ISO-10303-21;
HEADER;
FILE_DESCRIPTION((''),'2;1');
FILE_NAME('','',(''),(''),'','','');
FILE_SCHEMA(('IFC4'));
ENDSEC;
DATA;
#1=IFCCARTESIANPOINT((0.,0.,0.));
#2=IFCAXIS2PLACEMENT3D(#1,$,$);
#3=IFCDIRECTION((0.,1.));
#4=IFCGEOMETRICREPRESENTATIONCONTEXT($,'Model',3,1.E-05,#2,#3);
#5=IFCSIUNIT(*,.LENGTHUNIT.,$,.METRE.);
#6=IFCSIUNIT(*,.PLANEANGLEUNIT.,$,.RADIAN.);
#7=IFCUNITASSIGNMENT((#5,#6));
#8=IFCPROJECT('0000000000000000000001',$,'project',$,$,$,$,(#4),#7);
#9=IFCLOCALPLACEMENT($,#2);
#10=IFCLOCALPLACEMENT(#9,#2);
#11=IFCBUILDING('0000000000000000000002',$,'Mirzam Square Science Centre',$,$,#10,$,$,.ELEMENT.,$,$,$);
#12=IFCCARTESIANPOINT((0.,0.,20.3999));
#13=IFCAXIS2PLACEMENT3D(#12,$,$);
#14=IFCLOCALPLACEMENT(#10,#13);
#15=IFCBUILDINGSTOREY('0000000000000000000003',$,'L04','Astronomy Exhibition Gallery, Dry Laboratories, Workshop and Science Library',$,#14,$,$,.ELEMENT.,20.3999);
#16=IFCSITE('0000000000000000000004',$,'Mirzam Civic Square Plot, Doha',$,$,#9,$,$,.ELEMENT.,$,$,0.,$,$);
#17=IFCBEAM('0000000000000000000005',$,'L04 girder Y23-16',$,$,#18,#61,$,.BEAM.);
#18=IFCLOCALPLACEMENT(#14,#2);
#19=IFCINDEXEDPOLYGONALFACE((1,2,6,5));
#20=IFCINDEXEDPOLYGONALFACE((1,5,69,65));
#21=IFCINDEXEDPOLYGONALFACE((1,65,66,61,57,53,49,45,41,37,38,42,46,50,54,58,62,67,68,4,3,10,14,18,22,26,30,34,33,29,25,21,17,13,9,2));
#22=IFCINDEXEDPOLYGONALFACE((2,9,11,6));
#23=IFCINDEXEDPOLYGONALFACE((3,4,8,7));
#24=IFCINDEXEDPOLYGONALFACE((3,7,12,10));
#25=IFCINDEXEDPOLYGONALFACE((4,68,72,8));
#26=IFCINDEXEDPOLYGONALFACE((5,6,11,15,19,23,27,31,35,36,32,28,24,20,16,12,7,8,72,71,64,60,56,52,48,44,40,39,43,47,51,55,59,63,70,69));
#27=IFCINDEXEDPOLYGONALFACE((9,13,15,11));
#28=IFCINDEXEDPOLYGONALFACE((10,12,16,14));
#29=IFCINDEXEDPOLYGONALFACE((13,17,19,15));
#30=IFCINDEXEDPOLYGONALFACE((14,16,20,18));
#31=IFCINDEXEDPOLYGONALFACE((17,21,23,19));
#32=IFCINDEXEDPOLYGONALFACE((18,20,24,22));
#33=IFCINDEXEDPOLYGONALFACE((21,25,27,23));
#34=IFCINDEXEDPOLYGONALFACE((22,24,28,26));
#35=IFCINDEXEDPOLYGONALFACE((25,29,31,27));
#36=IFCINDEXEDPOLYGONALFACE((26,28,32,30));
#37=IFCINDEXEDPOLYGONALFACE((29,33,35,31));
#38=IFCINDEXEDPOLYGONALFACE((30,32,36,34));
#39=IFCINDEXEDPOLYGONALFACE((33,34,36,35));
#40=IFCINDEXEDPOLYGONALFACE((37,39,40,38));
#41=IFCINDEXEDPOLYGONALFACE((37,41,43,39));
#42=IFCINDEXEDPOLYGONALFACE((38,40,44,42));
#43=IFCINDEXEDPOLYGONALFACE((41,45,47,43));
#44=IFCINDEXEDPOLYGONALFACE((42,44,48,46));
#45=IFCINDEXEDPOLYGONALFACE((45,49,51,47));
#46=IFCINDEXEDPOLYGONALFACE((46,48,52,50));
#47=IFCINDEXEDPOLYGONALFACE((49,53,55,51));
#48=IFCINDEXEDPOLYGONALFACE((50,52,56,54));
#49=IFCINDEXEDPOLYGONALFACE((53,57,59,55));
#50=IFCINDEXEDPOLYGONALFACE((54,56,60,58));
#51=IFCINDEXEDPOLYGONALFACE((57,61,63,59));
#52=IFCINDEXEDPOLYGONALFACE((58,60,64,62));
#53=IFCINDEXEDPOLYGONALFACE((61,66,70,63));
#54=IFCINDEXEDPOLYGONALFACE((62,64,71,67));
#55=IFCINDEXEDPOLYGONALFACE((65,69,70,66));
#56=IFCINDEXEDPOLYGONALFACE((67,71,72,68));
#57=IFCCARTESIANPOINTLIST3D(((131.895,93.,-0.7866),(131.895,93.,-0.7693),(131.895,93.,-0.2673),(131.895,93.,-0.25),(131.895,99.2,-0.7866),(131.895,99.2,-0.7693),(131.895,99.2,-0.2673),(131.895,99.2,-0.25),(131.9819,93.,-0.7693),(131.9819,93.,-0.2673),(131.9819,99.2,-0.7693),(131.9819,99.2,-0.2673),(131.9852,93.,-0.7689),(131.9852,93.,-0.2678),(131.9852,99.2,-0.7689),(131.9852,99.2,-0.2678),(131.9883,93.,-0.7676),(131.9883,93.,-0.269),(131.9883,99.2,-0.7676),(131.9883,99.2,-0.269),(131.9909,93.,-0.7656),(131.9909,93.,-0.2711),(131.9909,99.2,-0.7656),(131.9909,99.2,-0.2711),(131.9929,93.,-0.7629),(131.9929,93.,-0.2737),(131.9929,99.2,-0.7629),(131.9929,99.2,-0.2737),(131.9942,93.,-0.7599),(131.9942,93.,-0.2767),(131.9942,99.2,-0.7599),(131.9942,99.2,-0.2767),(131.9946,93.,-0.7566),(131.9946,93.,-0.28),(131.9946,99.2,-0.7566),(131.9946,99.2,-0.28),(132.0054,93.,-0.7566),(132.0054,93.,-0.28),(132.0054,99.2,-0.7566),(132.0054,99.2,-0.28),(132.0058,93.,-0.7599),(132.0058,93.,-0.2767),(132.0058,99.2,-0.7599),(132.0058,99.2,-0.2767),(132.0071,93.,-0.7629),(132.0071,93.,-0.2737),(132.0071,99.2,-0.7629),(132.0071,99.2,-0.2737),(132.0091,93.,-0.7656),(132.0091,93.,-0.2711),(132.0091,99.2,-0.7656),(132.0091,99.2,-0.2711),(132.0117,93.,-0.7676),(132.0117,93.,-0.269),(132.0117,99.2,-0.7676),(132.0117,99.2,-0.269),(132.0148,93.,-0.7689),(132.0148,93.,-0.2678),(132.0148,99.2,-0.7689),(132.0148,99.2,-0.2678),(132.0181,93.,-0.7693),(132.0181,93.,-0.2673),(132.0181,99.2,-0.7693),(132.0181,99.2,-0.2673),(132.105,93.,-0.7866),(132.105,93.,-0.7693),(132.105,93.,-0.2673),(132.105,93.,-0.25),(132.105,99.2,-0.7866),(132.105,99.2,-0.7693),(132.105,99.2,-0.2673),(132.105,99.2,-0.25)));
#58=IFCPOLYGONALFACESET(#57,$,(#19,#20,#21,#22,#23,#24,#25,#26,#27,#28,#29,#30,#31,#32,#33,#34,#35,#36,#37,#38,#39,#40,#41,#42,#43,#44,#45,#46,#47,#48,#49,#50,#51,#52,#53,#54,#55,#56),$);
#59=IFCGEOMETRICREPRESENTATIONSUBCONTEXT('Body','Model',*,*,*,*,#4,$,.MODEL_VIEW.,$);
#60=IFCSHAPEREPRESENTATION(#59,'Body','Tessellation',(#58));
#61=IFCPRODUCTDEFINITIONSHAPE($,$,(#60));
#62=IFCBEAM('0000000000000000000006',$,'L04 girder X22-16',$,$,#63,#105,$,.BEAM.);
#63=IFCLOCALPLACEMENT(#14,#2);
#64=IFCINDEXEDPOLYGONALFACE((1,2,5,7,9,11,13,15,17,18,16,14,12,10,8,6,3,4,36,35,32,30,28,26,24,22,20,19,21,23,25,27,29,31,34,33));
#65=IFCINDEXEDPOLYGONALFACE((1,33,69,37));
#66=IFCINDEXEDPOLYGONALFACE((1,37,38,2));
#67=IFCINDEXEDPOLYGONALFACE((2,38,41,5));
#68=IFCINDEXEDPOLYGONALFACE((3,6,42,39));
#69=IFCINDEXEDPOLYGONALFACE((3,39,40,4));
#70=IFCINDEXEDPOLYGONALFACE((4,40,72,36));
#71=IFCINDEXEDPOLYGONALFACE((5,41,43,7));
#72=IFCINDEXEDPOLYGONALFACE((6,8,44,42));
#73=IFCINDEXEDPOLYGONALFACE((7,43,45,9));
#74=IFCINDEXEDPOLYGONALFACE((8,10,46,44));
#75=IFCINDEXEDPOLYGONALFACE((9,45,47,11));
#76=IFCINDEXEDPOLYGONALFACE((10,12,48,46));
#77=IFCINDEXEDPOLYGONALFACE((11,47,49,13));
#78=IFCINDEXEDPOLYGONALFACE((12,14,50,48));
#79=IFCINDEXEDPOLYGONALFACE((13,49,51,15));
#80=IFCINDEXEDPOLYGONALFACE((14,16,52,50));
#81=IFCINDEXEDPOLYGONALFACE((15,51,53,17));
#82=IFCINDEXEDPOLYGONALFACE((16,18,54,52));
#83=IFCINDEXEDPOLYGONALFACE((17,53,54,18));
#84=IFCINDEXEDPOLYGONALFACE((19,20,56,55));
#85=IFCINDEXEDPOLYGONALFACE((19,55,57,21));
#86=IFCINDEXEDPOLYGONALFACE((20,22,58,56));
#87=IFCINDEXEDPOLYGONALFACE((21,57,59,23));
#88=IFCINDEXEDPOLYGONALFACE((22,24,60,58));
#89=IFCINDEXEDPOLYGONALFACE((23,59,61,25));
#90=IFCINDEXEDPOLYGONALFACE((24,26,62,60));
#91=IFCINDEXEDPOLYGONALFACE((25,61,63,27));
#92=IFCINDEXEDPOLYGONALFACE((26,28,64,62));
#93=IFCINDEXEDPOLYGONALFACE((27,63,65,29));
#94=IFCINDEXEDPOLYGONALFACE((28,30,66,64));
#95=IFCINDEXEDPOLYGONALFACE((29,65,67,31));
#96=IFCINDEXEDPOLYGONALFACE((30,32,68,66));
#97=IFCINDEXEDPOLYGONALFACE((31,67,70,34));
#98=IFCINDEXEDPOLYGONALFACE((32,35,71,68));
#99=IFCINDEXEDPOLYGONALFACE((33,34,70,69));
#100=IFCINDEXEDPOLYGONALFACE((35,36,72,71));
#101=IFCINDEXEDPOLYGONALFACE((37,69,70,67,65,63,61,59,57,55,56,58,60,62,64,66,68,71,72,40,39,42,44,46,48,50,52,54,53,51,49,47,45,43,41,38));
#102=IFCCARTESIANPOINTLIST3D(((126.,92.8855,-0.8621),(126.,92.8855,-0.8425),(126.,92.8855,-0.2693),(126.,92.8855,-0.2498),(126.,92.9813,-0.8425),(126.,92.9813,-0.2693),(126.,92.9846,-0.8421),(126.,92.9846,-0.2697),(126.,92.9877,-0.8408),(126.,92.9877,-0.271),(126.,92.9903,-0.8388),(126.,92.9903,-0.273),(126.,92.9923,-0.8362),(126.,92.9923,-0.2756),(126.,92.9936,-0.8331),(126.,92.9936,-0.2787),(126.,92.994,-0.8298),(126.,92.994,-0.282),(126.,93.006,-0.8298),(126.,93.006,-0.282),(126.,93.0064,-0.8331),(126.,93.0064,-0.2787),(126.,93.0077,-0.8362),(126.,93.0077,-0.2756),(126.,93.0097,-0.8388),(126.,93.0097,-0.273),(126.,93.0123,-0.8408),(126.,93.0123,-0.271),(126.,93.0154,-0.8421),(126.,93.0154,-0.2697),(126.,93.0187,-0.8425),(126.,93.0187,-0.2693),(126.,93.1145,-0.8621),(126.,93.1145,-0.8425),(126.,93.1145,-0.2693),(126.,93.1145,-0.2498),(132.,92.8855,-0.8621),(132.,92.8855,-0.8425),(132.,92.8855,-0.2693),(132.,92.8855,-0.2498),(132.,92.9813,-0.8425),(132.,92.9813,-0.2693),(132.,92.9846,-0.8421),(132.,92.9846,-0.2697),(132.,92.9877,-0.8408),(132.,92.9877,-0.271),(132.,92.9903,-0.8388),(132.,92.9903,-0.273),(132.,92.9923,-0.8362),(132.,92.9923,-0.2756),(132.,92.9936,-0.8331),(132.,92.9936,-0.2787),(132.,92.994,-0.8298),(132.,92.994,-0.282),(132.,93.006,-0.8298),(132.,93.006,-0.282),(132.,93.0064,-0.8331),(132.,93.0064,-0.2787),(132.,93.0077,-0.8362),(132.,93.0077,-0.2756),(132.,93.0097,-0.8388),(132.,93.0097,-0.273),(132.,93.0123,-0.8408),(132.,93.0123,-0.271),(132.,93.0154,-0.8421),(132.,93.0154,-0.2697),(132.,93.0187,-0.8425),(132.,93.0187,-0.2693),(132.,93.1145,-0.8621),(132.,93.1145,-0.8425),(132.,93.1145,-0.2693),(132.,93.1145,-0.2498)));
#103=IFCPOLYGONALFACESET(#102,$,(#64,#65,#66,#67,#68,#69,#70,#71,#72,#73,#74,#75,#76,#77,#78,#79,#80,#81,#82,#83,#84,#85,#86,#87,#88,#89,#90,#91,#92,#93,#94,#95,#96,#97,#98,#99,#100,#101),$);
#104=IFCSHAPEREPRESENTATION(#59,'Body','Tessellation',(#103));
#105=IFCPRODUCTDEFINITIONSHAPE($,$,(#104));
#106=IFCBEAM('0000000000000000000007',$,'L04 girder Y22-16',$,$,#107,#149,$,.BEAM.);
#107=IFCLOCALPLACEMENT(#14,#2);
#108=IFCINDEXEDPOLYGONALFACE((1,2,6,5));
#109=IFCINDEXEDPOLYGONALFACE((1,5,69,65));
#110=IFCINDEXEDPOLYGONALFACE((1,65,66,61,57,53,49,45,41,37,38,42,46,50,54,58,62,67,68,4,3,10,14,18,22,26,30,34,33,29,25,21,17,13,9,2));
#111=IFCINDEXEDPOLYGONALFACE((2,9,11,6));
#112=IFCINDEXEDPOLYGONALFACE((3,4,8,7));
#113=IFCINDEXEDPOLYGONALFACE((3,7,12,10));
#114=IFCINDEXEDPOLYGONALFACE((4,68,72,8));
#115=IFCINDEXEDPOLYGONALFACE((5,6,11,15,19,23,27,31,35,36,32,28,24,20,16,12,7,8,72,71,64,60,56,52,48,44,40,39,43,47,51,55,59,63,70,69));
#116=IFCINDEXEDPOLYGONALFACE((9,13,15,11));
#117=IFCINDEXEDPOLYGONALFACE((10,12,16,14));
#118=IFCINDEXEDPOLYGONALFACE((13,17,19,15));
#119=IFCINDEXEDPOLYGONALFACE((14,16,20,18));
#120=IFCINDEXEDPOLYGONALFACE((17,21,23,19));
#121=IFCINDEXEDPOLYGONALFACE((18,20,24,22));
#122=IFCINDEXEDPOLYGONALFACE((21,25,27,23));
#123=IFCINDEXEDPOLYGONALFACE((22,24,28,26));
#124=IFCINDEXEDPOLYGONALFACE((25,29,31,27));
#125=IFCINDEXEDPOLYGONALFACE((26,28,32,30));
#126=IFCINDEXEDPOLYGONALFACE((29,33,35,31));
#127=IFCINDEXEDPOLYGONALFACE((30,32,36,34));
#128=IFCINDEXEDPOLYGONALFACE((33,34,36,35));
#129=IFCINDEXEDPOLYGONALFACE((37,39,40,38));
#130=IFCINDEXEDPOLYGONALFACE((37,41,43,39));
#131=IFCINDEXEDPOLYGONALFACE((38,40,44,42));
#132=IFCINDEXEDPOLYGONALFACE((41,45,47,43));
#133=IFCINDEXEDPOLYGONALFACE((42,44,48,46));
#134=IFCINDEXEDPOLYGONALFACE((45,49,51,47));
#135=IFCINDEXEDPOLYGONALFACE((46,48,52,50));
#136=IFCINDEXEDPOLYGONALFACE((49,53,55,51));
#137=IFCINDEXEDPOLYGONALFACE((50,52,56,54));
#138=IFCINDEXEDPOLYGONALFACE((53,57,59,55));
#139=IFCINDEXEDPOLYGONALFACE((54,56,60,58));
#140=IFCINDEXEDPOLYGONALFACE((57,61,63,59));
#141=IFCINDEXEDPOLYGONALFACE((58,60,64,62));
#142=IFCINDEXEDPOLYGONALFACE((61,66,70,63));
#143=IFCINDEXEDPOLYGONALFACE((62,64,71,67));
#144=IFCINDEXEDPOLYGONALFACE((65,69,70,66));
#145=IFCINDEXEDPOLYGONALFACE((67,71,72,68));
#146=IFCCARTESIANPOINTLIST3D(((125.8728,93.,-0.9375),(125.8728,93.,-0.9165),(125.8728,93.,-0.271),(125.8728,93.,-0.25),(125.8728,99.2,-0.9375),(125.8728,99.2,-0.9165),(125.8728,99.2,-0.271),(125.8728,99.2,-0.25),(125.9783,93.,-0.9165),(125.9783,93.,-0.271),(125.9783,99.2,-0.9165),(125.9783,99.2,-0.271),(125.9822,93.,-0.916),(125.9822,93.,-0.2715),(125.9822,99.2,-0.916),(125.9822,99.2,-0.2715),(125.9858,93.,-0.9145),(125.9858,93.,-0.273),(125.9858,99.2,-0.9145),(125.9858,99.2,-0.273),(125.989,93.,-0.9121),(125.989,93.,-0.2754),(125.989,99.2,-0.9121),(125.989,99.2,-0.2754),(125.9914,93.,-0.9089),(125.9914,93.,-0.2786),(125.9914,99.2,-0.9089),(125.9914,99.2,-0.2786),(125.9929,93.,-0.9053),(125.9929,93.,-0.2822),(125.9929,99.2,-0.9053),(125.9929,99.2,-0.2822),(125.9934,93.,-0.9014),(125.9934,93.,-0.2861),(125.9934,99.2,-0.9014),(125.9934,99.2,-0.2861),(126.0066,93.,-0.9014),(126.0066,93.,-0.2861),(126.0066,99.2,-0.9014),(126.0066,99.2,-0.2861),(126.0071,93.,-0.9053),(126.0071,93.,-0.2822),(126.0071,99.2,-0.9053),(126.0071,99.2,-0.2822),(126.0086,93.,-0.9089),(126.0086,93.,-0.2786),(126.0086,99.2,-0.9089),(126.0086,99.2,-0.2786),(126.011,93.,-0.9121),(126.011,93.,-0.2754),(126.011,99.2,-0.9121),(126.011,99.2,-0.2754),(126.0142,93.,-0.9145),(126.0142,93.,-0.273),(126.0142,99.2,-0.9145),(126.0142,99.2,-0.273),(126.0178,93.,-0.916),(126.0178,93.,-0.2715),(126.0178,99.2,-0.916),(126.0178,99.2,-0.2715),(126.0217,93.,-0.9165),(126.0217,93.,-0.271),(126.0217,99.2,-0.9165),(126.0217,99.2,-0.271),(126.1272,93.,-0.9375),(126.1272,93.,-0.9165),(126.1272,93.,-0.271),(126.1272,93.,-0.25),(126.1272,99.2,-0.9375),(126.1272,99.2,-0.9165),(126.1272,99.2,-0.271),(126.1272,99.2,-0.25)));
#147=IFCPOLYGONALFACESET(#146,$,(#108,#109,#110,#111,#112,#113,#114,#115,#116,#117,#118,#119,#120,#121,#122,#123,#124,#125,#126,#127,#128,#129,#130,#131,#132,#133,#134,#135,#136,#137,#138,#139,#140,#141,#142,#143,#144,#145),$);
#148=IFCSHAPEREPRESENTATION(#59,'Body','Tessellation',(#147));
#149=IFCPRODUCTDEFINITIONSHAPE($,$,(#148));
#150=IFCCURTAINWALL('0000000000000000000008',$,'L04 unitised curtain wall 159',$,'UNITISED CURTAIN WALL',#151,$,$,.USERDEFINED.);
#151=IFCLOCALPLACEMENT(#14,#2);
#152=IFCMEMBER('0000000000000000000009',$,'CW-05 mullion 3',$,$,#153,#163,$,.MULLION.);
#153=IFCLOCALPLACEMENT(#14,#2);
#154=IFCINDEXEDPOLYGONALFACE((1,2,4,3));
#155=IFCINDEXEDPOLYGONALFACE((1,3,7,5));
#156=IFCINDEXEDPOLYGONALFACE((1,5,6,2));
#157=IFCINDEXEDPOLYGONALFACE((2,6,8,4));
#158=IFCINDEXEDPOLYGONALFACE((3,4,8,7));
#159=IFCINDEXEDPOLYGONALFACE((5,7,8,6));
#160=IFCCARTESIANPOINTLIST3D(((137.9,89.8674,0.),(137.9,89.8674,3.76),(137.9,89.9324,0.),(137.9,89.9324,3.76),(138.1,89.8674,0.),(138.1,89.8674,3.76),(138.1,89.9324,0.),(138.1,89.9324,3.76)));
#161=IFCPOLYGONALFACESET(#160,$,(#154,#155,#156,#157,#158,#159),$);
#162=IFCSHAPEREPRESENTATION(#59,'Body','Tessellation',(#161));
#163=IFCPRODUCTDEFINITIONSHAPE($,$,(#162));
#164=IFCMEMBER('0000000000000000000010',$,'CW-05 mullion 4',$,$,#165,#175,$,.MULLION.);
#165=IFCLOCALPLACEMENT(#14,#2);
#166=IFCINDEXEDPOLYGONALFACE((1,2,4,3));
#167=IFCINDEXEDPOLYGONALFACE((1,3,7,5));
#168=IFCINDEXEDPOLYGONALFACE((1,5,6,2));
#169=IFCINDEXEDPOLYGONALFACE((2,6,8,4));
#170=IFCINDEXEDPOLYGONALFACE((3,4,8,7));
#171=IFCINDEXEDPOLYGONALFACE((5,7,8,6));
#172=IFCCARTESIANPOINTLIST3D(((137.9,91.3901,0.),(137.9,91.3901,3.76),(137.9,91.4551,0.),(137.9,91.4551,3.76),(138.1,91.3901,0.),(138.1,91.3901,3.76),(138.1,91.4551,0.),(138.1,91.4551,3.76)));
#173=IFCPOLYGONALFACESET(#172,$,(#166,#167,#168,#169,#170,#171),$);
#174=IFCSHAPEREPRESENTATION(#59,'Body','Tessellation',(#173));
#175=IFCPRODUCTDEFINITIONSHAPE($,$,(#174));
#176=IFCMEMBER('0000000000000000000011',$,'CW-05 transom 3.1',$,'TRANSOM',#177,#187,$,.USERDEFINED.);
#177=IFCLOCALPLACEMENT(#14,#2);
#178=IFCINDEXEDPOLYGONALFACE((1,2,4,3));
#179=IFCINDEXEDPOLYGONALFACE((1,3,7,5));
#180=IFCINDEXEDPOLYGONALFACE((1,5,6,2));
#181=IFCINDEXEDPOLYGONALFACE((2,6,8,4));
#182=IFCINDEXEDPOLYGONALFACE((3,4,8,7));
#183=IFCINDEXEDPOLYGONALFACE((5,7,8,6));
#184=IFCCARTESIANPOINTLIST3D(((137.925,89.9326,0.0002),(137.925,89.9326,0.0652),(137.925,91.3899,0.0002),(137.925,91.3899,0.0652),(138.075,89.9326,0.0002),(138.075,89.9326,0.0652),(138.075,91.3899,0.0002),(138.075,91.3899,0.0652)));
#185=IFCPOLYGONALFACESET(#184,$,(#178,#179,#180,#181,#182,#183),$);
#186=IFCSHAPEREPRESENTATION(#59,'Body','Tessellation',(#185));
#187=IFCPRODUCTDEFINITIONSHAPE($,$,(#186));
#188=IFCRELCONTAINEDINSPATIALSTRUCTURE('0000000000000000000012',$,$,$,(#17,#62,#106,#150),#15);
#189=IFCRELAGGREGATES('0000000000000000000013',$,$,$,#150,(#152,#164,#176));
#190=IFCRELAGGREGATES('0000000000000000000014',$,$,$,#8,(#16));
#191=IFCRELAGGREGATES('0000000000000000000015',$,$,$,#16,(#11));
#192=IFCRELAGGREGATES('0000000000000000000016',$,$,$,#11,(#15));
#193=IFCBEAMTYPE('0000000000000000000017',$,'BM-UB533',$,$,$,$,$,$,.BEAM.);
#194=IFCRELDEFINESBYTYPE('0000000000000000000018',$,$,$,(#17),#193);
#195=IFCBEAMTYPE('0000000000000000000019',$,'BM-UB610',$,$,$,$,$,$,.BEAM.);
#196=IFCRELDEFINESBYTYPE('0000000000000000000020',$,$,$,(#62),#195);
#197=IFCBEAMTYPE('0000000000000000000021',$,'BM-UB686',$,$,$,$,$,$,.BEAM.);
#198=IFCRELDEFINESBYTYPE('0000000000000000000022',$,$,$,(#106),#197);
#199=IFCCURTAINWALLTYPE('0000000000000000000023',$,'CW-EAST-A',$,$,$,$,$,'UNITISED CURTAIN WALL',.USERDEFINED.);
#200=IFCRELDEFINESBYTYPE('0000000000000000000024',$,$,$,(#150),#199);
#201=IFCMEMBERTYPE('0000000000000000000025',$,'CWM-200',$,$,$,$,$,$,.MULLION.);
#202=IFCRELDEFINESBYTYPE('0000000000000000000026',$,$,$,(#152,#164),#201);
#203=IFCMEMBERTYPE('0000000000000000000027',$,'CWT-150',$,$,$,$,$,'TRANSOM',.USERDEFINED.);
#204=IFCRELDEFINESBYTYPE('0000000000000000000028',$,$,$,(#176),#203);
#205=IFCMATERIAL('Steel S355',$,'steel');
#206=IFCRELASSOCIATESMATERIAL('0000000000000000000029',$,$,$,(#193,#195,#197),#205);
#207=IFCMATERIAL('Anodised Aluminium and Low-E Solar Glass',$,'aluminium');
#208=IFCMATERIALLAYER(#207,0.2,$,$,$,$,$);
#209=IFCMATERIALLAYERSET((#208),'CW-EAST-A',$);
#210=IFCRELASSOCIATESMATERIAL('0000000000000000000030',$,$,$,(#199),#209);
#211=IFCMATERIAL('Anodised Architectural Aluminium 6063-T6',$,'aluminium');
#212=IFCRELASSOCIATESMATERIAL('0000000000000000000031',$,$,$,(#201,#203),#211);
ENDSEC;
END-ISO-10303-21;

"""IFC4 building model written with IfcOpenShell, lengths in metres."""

from ifc_helpers import new_model, si_unit, direction, frame, origin, origin_2d, place, context, subcontext, project, spatial, rectangle, i_section, extrude, material, layer, layer_set, material_profile, profile_set, type_object, element, aggregate, save


model = new_model("IFC4")

# Units and contexts
model_context = context("Model", 3, precision=1e-05, world=origin(), true_north=direction((0.0, 1.0)))
body_context = subcontext(model_context, "Body", "Model", "MODEL_VIEW")
ifc_project = project(units=[si_unit("LENGTHUNIT", "METRE"), si_unit("PLANEANGLEUNIT", "RADIAN")], contexts=[model_context])

# Site, building, storey
site_placement = place(None, origin())
site = spatial("IfcSite", under=ifc_project, at=site_placement, Name="Mirzam Civic Square Plot, Doha", CompositionType="ELEMENT", RefElevation=0.0)
building_placement = place(site_placement, origin())
building = spatial("IfcBuilding", under=site, at=building_placement, Name="Mirzam Square Science Centre", CompositionType="ELEMENT")
storey_placement = place(building_placement, frame((0.0, 0.0, 20.3999)))
storey = spatial("IfcBuildingStorey", under=building, at=storey_placement, Name="L04", Description="Astronomy Exhibition Gallery, Dry Laboratories, Workshop and Science Library", CompositionType="ELEMENT", Elevation=20.3999)

# Shared definitions
ifc_material_1 = material(Name="Steel S355", Category="steel")

# Beams
ifc_material_profile_1 = material_profile(ifc_material_1, i_section(OverallWidth=0.21, OverallDepth=0.5366, WebThickness=0.0107, FlangeThickness=0.0173, FilletRadius=0.0127, at=origin_2d()), Name="533x210x101UB")
ifc_profile_set_1 = profile_set([ifc_material_profile_1], Name="Steel S355")
beam_type_1 = type_object("IfcBeamType", Name="BM-UB533", PredefinedType="BEAM", material=ifc_profile_set_1)
beam_1_placement = place(storey_placement, frame((132.0, 93.0, -0.5183), z_axis=(0.0, 1.0, 0.0), x_axis=(-1.0, 0.0, 0.0)))
element("IfcBeam", 1, at=beam_1_placement, inside=storey, type_object=beam_type_1, Name="L04 girder Y23-16", PredefinedType="BEAM", context=body_context, shape_type="SweptSolid", body=[
    extrude(i_section(OverallWidth=0.21, OverallDepth=0.5366, WebThickness=0.0107, FlangeThickness=0.0173, FilletRadius=0.0127, at=origin_2d()), origin(), (0.0, 0.0, 1.0), 6.2),
])
ifc_material_profile_2 = material_profile(ifc_material_1, i_section(OverallWidth=0.229, OverallDepth=0.6123, WebThickness=0.012, FlangeThickness=0.0195, FilletRadius=0.0127, at=origin_2d()), Name="610x229x125UB")
ifc_profile_set_2 = profile_set([ifc_material_profile_2], Name="Steel S355")
beam_type_2 = type_object("IfcBeamType", Name="BM-UB610", PredefinedType="BEAM", material=ifc_profile_set_2)
beam_2_placement = place(storey_placement, frame((126.0, 93.0, -0.5559), z_axis=(1.0, 0.0, 0.0), x_axis=(0.0, 1.0, 0.0)))
element("IfcBeam", 2, at=beam_2_placement, inside=storey, type_object=beam_type_2, Name="L04 girder X22-16", PredefinedType="BEAM", context=body_context, shape_type="SweptSolid", body=[
    extrude(i_section(OverallWidth=0.229, OverallDepth=0.6123, WebThickness=0.012, FlangeThickness=0.0195, FilletRadius=0.0127, at=origin_2d()), origin(), (0.0, 0.0, 1.0), 6.0),
])
ifc_material_profile_3 = material_profile(ifc_material_1, i_section(OverallWidth=0.2544, OverallDepth=0.6875, WebThickness=0.0132, FlangeThickness=0.021, FilletRadius=0.0151, at=origin_2d()), Name="686x254x152UB")
ifc_profile_set_3 = profile_set([ifc_material_profile_3], Name="Steel S355")
beam_type_3 = type_object("IfcBeamType", Name="BM-UB686", PredefinedType="BEAM", material=ifc_profile_set_3)
beam_3_placement = place(storey_placement, frame((126.0, 93.0, -0.5938), z_axis=(0.0, 1.0, 0.0), x_axis=(-1.0, 0.0, 0.0)))
element("IfcBeam", 3, at=beam_3_placement, inside=storey, type_object=beam_type_3, Name="L04 girder Y22-16", PredefinedType="BEAM", context=body_context, shape_type="SweptSolid", body=[
    extrude(i_section(OverallWidth=0.2544, OverallDepth=0.6875, WebThickness=0.0132, FlangeThickness=0.021, FilletRadius=0.0151, at=origin_2d()), origin(), (0.0, 0.0, 1.0), 6.2),
])

# Curtain wall, members
ifc_material_2 = material(Name="Anodised Aluminium and Low-E Solar Glass", Category="aluminium")
ifc_layer_1 = layer(ifc_material_2, 0.2)
ifc_layer_set_1 = layer_set([ifc_layer_1], Name="CW-EAST-A")
curtain_wall_type = type_object("IfcCurtainWallType", Name="CW-EAST-A", ElementType="UNITISED CURTAIN WALL", PredefinedType="USERDEFINED", material=ifc_layer_set_1)
curtain_wall_placement = place(storey_placement, origin())
curtain_wall = element("IfcCurtainWall", 4, at=curtain_wall_placement, inside=storey, type_object=curtain_wall_type, Name="L04 unitised curtain wall 159", ObjectType="UNITISED CURTAIN WALL", PredefinedType="USERDEFINED")
ifc_material_3 = material(Name="Anodised Architectural Aluminium 6063-T6", Category="aluminium")
ifc_material_profile_4 = material_profile(ifc_material_3, rectangle(XDim=0.0649, YDim=0.2, at=origin_2d()), Name="ALU-MULL-200x65x5")
ifc_profile_set_4 = profile_set([ifc_material_profile_4], Name="Anodised Architectural Aluminium 6063-T6")
member_type_1 = type_object("IfcMemberType", Name="CWM-200", PredefinedType="MULLION", material=ifc_profile_set_4)
member_1_placement = place(storey_placement, frame((138.0, 89.8999, 0.0), z_axis=(0.0, 0.0, 1.0), x_axis=(0.0, 1.0, 0.0)))
member_1 = element("IfcMember", 5, at=member_1_placement, type_object=member_type_1, Name="CW-05 mullion 3", PredefinedType="MULLION", context=body_context, shape_type="SweptSolid", body=[
    extrude(rectangle(XDim=0.0649, YDim=0.2, at=origin_2d()), origin(), (0.0, 0.0, 1.0), 3.76),
])
member_2_placement = place(storey_placement, frame((138.0, 91.4226, 0.0), z_axis=(0.0, 0.0, 1.0), x_axis=(0.0, 1.0, 0.0)))
member_2 = element("IfcMember", 6, at=member_2_placement, type_object=member_type_1, Name="CW-05 mullion 4", PredefinedType="MULLION", context=body_context, shape_type="SweptSolid", body=[
    extrude(rectangle(XDim=0.0649, YDim=0.2, at=origin_2d()), origin(), (0.0, 0.0, 1.0), 3.76),
])
ifc_material_profile_5 = material_profile(ifc_material_3, rectangle(XDim=0.1499, YDim=0.0649, at=origin_2d()), Name="ALU-TRAN-150x65x4")
ifc_profile_set_5 = profile_set([ifc_material_profile_5], Name="Anodised Architectural Aluminium 6063-T6")
member_type_2 = type_object("IfcMemberType", Name="CWT-150", ElementType="TRANSOM", PredefinedType="USERDEFINED", material=ifc_profile_set_5)
member_3_placement = place(storey_placement, frame((138.0, 89.9326, 0.0327), z_axis=(0.0, 1.0, 0.0), x_axis=(-1.0, 0.0, 0.0)))
member_3 = element("IfcMember", 7, at=member_3_placement, type_object=member_type_2, Name="CW-05 transom 3.1", ObjectType="TRANSOM", PredefinedType="USERDEFINED", context=body_context, shape_type="SweptSolid", body=[
    extrude(rectangle(XDim=0.1499, YDim=0.0649, at=origin_2d()), origin(), (0.0, 0.0, 1.0), 1.4573),
])

aggregate(curtain_wall, [member_1, member_2, member_3])

save(model, "model.ifc")
